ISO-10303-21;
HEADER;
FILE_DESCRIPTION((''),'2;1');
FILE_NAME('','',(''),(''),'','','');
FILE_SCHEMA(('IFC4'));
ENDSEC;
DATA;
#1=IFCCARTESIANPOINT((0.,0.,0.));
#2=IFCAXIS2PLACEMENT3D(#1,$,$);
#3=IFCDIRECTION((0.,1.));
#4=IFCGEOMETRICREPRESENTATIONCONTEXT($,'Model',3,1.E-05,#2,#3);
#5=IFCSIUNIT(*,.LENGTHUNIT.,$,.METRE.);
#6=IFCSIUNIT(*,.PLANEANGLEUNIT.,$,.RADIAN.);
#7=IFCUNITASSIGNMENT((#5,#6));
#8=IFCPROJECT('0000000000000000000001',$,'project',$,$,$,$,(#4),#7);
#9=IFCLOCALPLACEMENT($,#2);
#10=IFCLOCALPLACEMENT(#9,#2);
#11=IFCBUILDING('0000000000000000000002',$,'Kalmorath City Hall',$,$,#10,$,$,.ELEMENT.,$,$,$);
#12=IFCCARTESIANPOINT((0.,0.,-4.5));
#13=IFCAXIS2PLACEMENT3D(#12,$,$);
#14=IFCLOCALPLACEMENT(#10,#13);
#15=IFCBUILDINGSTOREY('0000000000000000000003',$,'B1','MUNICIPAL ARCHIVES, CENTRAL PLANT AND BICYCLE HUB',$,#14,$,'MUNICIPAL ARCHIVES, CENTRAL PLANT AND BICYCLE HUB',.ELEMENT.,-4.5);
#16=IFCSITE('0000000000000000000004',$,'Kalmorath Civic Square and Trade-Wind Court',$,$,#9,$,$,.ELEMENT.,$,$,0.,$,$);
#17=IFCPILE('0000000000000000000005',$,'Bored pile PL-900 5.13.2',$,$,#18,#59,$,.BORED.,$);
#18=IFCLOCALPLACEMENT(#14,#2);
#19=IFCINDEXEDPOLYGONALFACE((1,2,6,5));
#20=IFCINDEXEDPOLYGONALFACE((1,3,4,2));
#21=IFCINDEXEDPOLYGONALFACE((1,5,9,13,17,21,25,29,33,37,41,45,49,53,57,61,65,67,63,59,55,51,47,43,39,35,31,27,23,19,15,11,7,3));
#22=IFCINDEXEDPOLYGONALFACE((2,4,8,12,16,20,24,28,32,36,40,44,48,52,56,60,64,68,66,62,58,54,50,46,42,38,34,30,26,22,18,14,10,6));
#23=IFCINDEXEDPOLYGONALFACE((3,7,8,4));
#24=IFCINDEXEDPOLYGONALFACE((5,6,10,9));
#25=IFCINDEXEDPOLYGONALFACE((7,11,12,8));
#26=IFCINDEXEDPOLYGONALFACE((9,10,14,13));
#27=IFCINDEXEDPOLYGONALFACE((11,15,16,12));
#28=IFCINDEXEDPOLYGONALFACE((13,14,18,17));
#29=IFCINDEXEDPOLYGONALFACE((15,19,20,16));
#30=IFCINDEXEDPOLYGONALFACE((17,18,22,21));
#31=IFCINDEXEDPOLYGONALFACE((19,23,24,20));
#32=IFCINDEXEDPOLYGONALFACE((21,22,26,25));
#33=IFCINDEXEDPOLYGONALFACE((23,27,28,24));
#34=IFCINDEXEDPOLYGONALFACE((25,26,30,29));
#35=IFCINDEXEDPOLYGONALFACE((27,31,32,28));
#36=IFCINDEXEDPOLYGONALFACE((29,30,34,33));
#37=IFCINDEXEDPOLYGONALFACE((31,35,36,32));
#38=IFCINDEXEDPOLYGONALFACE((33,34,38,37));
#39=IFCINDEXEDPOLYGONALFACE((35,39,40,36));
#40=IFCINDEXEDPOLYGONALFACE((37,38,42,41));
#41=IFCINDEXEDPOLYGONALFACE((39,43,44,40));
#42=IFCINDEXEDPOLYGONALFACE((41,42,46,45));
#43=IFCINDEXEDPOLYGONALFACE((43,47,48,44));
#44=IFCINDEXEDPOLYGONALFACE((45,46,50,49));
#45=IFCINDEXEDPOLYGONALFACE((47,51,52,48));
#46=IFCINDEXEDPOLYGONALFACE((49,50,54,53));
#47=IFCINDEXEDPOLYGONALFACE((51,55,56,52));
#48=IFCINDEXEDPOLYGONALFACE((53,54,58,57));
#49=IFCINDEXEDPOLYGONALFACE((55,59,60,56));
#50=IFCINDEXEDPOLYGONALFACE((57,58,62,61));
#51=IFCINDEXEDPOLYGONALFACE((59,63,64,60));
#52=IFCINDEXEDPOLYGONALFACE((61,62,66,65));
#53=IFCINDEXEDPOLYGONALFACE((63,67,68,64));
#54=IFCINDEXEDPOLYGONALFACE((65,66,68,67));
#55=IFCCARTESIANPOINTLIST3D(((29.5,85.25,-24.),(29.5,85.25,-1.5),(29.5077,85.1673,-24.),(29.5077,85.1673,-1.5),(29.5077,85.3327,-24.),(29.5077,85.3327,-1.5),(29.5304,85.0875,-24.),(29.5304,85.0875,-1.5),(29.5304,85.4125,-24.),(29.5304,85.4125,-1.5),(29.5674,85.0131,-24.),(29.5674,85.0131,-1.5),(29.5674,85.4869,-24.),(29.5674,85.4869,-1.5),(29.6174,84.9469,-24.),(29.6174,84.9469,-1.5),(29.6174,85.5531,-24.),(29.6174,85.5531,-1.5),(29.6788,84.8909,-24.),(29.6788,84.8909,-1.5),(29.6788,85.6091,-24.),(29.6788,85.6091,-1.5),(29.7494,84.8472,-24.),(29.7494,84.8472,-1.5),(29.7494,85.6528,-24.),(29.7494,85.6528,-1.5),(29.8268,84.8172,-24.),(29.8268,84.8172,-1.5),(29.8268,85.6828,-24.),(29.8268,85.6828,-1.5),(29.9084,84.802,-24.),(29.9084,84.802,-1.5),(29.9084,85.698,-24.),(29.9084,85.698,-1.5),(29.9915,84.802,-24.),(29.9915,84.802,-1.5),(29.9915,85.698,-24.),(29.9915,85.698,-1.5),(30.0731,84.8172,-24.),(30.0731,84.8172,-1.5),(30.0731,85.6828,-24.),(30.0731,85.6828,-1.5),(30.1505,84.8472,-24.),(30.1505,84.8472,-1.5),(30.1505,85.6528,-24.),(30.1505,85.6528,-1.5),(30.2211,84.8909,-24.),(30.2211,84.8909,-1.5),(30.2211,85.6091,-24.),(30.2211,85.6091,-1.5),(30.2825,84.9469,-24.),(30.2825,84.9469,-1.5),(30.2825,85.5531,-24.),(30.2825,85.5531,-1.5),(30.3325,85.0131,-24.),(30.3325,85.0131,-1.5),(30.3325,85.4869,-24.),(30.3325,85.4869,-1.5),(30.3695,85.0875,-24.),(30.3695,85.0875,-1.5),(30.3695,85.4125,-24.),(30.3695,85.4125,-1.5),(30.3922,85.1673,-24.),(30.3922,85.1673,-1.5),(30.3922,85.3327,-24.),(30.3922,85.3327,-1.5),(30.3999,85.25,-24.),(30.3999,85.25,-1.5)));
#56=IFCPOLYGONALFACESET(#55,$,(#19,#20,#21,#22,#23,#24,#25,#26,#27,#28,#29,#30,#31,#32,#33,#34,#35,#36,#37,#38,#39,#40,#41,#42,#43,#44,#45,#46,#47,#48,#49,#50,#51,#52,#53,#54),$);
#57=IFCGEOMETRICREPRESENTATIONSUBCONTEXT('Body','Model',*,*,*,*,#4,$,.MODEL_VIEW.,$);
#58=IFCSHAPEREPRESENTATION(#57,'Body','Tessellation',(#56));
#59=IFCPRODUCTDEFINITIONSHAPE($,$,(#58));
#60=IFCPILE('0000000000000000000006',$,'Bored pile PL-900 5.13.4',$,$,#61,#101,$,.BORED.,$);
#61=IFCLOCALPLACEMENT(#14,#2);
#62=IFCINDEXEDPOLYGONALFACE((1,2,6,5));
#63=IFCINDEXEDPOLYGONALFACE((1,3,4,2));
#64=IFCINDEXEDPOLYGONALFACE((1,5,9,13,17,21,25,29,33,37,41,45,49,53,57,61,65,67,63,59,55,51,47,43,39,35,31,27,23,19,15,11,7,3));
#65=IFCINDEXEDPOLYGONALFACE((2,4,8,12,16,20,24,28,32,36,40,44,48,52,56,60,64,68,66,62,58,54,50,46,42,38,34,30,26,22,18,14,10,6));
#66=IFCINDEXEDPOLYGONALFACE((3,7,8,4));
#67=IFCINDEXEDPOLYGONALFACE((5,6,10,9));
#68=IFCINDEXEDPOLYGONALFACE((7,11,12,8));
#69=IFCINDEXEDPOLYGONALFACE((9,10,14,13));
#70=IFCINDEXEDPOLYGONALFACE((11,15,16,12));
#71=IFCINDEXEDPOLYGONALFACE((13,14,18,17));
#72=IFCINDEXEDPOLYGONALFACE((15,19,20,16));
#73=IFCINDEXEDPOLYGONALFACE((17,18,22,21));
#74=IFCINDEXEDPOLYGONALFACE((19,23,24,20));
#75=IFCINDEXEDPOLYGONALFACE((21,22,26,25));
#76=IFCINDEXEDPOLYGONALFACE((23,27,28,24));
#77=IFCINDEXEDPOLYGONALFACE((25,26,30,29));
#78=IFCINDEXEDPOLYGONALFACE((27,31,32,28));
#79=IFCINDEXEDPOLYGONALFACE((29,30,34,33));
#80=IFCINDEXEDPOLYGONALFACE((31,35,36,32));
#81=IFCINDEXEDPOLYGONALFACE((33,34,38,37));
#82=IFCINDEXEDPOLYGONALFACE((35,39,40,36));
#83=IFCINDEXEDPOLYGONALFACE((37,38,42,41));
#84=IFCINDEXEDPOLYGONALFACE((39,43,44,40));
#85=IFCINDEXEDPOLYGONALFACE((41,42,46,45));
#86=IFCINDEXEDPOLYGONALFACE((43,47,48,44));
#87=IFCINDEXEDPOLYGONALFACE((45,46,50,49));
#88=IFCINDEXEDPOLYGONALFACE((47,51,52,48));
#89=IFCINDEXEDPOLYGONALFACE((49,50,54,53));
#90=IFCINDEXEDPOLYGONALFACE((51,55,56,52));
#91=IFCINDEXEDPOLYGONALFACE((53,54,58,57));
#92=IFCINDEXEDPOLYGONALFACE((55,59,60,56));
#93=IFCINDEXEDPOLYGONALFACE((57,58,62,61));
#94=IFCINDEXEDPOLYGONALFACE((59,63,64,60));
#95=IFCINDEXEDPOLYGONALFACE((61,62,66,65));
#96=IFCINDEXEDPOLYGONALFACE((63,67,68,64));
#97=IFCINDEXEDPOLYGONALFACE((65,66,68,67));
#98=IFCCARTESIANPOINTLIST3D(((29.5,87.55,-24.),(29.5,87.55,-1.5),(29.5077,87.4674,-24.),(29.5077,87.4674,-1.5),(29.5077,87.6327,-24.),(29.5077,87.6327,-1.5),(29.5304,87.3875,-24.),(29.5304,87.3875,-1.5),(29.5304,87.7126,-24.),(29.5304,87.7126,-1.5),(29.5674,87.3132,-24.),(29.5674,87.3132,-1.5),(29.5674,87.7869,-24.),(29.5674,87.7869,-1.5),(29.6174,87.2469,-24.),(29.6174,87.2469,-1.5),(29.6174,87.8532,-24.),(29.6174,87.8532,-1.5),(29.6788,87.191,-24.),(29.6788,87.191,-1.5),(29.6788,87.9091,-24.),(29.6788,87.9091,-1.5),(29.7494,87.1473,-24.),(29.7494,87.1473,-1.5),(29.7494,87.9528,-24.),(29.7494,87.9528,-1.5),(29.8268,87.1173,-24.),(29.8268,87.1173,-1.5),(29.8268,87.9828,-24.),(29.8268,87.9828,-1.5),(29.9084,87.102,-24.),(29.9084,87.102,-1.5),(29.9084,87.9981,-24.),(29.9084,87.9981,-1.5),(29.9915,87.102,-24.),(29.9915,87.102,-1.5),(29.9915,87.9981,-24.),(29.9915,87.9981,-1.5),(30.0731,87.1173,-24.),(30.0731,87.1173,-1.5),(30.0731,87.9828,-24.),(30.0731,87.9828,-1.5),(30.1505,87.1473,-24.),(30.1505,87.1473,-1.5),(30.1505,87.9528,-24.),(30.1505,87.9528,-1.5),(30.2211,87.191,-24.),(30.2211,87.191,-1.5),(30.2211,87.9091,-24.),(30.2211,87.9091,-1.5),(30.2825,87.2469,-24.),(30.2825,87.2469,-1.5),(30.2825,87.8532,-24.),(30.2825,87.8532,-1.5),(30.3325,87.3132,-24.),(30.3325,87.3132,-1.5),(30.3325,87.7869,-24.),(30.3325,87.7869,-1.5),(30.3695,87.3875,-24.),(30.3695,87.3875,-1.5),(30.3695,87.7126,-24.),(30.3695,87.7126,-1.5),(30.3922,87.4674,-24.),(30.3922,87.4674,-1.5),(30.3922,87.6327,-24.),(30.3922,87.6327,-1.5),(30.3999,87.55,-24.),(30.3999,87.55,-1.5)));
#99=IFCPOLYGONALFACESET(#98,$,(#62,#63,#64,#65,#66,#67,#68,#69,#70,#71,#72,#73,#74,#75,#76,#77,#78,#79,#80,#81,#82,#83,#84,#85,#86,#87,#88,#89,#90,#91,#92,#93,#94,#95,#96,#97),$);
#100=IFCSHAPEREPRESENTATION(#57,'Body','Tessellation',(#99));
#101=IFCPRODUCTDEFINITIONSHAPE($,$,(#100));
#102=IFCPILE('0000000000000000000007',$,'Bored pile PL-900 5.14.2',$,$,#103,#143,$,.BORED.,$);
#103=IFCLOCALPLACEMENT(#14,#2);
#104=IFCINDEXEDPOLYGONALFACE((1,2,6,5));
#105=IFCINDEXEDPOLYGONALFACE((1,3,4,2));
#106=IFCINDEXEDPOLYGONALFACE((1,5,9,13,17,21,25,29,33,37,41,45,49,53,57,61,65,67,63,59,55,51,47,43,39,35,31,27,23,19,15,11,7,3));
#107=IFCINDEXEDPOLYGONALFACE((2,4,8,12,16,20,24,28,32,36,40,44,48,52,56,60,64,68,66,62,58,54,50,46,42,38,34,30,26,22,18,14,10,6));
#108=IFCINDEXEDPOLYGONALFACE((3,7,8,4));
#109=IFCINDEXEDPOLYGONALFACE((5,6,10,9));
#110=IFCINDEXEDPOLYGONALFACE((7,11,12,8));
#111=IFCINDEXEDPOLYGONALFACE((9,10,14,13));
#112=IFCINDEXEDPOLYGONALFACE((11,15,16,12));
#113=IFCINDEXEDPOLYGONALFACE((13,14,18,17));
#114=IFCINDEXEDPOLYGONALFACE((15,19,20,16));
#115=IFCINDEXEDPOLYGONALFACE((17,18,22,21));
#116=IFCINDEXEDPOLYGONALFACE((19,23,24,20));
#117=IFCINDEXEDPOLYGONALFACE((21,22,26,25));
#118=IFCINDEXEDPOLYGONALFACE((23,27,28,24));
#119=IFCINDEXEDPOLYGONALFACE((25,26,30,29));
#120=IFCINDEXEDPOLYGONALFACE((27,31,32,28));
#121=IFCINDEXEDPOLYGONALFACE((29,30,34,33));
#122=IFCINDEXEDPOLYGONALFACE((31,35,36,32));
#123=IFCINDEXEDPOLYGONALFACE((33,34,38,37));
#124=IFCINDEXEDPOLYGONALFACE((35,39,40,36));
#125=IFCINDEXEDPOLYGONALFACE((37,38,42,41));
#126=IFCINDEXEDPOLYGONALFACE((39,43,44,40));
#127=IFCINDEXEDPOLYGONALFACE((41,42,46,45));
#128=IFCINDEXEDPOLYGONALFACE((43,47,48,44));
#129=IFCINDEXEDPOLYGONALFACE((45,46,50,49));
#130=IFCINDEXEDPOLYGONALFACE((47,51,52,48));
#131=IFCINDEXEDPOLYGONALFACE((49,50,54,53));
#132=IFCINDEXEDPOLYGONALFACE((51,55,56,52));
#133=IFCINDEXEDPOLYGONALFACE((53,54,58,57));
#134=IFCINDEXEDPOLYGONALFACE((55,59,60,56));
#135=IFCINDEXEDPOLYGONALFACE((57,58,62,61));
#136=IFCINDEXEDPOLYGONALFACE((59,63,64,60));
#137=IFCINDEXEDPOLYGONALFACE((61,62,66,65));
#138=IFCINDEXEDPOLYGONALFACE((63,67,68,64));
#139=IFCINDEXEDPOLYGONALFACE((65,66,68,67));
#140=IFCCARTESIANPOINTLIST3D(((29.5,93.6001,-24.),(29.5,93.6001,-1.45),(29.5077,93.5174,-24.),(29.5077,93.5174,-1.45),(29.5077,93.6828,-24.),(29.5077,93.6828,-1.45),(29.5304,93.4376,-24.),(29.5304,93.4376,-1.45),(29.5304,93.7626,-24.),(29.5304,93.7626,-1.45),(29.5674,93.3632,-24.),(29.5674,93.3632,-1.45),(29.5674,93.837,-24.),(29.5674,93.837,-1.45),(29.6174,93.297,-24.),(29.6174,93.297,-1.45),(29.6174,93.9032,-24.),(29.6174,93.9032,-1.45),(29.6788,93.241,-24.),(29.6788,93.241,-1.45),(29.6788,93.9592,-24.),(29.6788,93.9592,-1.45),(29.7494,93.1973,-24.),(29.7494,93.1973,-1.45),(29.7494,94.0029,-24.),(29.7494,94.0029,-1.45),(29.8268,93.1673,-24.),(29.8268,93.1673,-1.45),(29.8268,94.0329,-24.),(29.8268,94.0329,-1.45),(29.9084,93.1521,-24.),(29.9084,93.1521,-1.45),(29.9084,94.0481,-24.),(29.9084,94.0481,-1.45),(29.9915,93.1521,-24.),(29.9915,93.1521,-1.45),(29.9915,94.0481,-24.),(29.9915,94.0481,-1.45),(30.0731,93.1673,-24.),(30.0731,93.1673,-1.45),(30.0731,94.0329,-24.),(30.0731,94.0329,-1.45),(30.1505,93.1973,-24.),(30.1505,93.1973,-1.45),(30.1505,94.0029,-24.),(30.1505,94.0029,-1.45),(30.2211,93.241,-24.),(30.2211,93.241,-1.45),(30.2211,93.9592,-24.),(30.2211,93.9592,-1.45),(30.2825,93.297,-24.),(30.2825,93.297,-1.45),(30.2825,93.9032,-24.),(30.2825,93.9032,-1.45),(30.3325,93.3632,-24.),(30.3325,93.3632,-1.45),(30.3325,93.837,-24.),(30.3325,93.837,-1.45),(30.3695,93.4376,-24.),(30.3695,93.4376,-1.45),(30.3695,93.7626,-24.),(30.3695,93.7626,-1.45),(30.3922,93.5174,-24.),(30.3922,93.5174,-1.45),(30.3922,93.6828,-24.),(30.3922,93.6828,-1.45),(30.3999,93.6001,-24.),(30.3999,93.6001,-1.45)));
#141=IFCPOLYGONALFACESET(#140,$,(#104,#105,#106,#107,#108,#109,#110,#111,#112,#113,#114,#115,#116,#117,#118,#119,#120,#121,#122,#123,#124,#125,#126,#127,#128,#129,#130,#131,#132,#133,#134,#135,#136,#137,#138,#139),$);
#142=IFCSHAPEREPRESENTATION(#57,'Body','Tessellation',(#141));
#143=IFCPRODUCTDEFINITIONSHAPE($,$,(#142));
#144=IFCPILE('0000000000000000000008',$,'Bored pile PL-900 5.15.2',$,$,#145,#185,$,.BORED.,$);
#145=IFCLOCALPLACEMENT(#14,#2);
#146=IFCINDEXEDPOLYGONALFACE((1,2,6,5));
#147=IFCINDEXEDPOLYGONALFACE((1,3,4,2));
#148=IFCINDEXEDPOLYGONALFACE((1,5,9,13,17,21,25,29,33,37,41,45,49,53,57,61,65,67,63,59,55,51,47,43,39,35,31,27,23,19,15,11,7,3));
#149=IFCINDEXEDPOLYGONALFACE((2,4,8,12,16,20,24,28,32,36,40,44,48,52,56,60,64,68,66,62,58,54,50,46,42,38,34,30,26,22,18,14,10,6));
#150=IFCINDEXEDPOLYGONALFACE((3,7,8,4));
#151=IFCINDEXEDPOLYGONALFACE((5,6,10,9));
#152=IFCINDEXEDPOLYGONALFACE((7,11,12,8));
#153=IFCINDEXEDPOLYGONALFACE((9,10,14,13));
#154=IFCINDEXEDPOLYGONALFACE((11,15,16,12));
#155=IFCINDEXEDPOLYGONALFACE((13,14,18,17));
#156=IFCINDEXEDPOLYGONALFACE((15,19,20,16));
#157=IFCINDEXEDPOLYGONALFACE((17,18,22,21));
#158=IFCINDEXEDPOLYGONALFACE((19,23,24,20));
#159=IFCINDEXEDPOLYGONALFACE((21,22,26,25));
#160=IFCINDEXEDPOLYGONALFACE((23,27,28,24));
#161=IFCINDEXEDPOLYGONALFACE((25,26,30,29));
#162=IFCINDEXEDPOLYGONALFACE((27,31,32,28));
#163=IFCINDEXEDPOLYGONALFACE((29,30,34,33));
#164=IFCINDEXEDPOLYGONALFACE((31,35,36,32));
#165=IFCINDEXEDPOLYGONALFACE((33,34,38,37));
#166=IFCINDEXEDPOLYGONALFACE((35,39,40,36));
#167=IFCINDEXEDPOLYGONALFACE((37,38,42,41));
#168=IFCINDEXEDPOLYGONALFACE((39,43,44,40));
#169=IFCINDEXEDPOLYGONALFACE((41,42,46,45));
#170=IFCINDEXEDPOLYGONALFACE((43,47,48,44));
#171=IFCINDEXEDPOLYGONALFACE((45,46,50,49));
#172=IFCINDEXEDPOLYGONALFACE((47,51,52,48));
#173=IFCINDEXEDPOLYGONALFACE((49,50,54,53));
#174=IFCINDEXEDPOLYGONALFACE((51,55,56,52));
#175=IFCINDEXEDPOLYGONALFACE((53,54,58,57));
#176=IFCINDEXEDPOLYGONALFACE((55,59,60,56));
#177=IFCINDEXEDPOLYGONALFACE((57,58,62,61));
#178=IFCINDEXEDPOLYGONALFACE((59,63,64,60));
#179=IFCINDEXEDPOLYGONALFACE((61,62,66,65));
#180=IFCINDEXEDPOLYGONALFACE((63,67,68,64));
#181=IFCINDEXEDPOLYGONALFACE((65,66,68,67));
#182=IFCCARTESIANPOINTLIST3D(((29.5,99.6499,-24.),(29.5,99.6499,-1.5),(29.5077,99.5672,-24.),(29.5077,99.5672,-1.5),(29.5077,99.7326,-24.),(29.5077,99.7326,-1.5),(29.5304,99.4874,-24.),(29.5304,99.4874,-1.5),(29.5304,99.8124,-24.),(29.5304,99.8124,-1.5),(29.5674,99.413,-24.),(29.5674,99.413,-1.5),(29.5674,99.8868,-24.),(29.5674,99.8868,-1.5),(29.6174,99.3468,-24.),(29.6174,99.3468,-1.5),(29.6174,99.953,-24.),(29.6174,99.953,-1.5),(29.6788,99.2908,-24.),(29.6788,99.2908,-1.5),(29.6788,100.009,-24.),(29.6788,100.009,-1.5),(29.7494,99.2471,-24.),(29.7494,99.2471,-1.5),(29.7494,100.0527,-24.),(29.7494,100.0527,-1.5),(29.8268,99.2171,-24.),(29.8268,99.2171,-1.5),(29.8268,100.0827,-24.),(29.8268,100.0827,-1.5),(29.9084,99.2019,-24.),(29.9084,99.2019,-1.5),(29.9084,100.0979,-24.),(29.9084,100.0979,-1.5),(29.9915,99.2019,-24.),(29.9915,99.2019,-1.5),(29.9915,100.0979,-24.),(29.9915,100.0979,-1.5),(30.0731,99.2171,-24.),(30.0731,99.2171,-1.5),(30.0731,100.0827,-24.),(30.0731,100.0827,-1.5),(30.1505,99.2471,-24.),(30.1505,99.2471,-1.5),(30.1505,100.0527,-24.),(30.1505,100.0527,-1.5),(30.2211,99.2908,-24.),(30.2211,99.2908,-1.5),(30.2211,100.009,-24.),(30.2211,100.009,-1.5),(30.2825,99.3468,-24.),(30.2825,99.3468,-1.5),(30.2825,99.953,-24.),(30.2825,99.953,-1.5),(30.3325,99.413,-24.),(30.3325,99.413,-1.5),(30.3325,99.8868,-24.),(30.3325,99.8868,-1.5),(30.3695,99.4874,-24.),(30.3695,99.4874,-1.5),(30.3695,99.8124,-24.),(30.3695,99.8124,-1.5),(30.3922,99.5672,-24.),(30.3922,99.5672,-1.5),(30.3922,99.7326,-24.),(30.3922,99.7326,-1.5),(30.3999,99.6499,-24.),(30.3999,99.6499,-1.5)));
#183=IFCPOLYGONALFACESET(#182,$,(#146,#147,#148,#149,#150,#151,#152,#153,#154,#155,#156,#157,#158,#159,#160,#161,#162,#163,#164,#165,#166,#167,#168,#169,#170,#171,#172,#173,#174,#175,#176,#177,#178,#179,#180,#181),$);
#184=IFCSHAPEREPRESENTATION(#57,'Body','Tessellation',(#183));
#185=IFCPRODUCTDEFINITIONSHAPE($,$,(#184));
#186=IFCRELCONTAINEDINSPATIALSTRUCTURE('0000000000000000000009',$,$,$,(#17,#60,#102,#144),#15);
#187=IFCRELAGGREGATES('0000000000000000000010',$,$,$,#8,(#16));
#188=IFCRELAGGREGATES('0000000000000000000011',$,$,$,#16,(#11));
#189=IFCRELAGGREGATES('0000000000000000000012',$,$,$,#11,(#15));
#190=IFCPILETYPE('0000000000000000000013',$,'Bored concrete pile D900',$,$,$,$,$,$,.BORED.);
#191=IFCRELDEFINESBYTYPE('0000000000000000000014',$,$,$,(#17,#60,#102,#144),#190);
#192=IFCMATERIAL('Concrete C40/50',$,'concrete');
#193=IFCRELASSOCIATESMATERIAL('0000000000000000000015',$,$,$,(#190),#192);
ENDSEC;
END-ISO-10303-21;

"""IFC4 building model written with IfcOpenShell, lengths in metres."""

from ifc_helpers import new_model, si_unit, direction, frame, origin, origin_2d, place, context, subcontext, project, spatial, circle, extrude, material, material_profile, profile_set, type_object, element, save


model = new_model("IFC4")

# Units and contexts
model_context = context("Model", 3, precision=1e-05, world=origin(), true_north=direction((0.0, 1.0)))
body_context = subcontext(model_context, "Body", "Model", "MODEL_VIEW")
ifc_project = project(units=[si_unit("LENGTHUNIT", "METRE"), si_unit("PLANEANGLEUNIT", "RADIAN")], contexts=[model_context])

# Site, building, storey
site_placement = place(None, origin())
site = spatial("IfcSite", under=ifc_project, at=site_placement, Name="Kalmorath Civic Square and Trade-Wind Court", CompositionType="ELEMENT", RefElevation=0.0)
building_placement = place(site_placement, origin())
building = spatial("IfcBuilding", under=site, at=building_placement, Name="Kalmorath City Hall", CompositionType="ELEMENT")
storey_placement = place(building_placement, frame((0.0, 0.0, -4.5)))
storey = spatial("IfcBuildingStorey", under=building, at=storey_placement, Name="B1", Description="MUNICIPAL ARCHIVES, CENTRAL PLANT AND BICYCLE HUB", LongName="MUNICIPAL ARCHIVES, CENTRAL PLANT AND BICYCLE HUB", CompositionType="ELEMENT", Elevation=-4.5)

# Piles
ifc_material_1 = material(Name="Concrete C40/50", Category="concrete")
ifc_material_profile_1 = material_profile(ifc_material_1, circle(Radius=0.45, at=origin_2d()), Name="PILE-D900")
ifc_profile_set_1 = profile_set([ifc_material_profile_1], Name="Concrete C40/50")
pile_type = type_object("IfcPileType", Name="Bored concrete pile D900", PredefinedType="BORED", material=ifc_profile_set_1)
for number, where, z_axis, x_axis, name in (
    (1, (29.95, 85.25, -1.5), (0.0, 0.0, -1.0), (1.0, 0.0, 0.0), "Bored pile PL-900 5.13.2"),
    (2, (29.95, 87.55, -1.5), (0.0, 0.0, -1.0), (1.0, 0.0, 0.0), "Bored pile PL-900 5.13.4"),
):
    element("IfcPile", number, at=place(storey_placement, frame(where, z_axis=z_axis, x_axis=x_axis)), inside=storey, type_object=pile_type, Name=name, PredefinedType="BORED", context=body_context, shape_type="SweptSolid", body=[
        extrude(circle(Radius=0.45, at=origin_2d()), origin(), (0.0, 0.0, 1.0), 22.5),
    ])
pile_1_placement = place(storey_placement, frame((29.95, 93.6001, -1.45), z_axis=(0.0, 0.0, -1.0), x_axis=(1.0, 0.0, 0.0)))
element("IfcPile", 3, at=pile_1_placement, inside=storey, type_object=pile_type, Name="Bored pile PL-900 5.14.2", PredefinedType="BORED", context=body_context, shape_type="SweptSolid", body=[
    extrude(circle(Radius=0.45, at=origin_2d()), origin(), (0.0, 0.0, 1.0), 22.55),
])
for number, where, z_axis, x_axis, name in (
    (4, (29.95, 99.6499, -1.5), (0.0, 0.0, -1.0), (1.0, 0.0, 0.0), "Bored pile PL-900 5.15.2"),
):
    element("IfcPile", number, at=place(storey_placement, frame(where, z_axis=z_axis, x_axis=x_axis)), inside=storey, type_object=pile_type, Name=name, PredefinedType="BORED", context=body_context, shape_type="SweptSolid", body=[
        extrude(circle(Radius=0.45, at=origin_2d()), origin(), (0.0, 0.0, 1.0), 22.5),
    ])

save(model, "model.ifc")
